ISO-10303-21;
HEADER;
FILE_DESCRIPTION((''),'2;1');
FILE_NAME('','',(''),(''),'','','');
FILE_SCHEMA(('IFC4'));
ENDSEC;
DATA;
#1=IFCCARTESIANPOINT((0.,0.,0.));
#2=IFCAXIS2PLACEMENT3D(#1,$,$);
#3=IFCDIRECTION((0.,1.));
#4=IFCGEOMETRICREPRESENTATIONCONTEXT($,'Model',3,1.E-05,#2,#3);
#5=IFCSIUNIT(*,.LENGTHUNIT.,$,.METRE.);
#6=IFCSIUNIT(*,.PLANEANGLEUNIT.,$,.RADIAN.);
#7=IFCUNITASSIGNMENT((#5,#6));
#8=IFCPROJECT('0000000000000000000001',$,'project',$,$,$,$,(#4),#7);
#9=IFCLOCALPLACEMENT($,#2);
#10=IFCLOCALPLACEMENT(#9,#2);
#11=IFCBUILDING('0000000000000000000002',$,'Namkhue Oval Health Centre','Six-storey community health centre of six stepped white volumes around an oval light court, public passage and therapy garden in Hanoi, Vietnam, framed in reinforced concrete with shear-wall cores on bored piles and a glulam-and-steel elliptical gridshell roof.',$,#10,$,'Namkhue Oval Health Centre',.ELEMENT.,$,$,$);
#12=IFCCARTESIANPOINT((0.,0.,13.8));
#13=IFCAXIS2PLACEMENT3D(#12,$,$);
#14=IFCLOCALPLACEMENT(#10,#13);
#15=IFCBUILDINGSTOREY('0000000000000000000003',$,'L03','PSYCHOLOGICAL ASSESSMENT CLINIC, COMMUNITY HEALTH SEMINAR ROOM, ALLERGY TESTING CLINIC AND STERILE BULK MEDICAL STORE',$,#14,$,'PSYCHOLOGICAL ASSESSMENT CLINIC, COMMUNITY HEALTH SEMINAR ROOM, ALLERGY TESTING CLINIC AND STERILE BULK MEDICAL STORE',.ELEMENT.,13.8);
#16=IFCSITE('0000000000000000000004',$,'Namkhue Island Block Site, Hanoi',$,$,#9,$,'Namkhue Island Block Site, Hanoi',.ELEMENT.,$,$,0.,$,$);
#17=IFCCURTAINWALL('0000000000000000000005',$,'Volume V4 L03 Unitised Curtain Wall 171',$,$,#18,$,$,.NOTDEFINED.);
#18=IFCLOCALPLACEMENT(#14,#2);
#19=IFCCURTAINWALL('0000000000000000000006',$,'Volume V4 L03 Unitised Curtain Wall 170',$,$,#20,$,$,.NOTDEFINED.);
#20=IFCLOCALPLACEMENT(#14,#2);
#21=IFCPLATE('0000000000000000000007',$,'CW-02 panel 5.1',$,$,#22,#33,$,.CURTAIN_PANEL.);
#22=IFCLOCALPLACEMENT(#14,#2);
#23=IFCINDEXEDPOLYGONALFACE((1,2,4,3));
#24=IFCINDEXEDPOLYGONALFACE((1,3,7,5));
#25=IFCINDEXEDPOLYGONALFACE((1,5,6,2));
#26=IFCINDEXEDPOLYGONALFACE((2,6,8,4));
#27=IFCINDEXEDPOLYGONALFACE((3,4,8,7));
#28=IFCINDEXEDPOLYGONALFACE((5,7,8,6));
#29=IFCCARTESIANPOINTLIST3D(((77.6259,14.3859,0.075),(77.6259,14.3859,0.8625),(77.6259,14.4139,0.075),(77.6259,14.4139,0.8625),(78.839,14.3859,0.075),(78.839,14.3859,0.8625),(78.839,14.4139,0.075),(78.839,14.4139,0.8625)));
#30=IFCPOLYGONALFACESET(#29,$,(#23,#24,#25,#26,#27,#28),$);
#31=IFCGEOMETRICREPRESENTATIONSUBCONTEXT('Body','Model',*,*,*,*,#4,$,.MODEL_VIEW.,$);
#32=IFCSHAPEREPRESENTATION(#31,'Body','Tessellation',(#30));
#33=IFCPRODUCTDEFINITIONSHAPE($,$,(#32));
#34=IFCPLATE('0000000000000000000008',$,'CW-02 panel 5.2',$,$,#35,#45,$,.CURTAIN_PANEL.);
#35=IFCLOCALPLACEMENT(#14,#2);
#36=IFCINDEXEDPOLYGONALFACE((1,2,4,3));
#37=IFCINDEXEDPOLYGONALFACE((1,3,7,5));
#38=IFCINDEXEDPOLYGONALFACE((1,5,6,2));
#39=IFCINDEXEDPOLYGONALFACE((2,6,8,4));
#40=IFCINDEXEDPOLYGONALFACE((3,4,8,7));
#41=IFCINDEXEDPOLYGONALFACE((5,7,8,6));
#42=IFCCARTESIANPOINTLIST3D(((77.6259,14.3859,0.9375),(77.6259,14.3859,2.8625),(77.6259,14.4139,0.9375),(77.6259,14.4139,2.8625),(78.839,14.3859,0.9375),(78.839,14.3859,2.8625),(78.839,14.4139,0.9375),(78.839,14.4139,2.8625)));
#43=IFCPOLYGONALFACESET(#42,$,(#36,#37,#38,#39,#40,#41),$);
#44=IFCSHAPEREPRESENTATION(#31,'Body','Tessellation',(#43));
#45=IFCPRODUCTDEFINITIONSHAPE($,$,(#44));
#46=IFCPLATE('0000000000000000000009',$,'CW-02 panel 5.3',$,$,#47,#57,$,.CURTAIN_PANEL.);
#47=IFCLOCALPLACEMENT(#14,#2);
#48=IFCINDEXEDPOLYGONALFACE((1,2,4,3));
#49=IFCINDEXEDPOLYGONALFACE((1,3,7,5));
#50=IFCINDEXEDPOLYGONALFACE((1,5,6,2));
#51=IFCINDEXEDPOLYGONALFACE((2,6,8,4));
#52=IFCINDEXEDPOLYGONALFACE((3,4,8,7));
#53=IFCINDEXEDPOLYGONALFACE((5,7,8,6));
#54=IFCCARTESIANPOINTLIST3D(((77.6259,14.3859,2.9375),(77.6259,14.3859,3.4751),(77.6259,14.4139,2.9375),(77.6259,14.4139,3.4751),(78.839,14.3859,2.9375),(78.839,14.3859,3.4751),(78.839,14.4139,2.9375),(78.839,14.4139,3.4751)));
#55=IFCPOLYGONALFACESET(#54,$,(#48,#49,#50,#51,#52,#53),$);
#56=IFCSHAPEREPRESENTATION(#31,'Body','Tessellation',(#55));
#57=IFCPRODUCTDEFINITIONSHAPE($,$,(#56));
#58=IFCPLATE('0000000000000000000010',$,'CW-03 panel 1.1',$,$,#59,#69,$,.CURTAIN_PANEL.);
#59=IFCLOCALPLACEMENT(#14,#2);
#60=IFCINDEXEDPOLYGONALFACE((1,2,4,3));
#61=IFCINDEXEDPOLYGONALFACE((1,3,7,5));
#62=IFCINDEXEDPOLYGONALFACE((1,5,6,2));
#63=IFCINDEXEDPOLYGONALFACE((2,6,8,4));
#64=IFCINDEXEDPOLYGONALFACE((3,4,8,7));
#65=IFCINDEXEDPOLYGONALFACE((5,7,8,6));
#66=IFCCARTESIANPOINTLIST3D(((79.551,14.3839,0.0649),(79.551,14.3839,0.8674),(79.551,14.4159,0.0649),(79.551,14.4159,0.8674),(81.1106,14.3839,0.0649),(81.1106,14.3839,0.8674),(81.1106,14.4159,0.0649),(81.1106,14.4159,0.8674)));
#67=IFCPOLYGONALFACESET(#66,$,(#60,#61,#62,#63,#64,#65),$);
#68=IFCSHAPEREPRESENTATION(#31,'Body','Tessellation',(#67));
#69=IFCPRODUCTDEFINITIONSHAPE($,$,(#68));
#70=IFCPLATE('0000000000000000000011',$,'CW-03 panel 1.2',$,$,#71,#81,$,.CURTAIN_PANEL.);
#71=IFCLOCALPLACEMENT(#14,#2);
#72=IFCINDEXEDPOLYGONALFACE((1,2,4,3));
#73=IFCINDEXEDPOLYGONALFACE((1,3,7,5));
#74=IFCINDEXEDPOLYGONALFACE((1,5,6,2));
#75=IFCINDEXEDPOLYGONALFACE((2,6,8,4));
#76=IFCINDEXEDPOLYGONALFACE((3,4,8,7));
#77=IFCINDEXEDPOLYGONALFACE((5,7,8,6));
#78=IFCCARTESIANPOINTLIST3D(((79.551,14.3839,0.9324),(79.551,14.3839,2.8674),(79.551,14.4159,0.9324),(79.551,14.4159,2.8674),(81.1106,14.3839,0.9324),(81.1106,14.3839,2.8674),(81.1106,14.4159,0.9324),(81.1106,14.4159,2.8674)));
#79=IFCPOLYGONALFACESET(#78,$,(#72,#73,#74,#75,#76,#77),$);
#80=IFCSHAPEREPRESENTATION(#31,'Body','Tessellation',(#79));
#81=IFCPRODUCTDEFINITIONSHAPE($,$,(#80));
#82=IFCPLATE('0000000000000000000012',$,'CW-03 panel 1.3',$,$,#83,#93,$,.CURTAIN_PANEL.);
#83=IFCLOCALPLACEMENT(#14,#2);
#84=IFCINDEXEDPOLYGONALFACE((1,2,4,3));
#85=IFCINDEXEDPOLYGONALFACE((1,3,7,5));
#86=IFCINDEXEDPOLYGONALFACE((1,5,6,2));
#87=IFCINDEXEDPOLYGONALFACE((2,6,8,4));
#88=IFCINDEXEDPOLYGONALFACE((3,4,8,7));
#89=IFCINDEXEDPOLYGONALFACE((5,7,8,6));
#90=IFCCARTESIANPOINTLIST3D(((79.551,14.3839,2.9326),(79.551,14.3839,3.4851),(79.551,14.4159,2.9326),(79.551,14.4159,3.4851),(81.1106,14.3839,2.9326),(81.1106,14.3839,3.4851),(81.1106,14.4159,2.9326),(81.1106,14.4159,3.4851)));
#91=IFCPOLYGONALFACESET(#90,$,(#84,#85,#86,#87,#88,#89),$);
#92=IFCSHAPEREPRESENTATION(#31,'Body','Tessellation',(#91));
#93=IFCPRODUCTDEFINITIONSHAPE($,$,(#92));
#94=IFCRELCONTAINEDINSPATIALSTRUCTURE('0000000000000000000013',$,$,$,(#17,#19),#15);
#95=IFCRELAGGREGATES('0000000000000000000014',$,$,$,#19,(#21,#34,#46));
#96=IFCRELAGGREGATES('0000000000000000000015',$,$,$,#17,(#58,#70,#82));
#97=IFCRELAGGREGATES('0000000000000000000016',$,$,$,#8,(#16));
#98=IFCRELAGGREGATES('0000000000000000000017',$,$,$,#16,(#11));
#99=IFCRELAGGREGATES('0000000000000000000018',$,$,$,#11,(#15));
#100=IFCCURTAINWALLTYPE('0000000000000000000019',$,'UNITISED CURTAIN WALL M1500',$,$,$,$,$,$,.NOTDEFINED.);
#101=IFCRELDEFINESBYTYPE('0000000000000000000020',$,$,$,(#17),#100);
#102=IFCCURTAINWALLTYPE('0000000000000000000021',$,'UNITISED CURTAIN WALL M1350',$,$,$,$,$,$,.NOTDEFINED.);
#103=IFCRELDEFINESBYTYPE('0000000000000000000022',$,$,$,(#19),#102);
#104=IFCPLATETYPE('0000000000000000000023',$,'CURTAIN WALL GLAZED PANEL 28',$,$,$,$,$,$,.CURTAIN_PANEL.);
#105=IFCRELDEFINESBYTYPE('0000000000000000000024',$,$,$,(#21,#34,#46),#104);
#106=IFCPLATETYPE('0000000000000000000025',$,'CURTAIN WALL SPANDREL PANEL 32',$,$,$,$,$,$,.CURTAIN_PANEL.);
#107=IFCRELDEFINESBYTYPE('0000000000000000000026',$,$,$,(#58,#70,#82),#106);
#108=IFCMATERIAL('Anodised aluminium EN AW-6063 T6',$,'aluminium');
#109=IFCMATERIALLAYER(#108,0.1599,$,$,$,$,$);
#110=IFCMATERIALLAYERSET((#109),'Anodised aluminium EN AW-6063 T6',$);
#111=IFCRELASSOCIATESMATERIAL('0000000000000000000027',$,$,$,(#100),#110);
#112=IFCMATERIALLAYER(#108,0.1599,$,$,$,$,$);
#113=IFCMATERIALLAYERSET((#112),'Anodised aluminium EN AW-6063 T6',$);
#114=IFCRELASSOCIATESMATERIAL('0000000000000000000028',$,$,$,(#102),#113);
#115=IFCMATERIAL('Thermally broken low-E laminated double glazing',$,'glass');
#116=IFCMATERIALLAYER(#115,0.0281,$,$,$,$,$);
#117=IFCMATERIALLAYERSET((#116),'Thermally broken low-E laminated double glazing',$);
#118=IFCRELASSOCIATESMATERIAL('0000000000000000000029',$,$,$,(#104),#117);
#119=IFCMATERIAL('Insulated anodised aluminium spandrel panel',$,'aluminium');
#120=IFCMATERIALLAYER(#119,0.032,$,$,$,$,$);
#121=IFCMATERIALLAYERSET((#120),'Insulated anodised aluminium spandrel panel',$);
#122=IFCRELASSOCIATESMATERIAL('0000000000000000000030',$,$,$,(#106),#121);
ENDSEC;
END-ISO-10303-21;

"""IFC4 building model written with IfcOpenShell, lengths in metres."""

from ifc_helpers import new_model, si_unit, direction, frame, origin, origin_2d, place, context, subcontext, project, spatial, rectangle, extrude, material, layer, layer_set, type_object, element, aggregate, save


model = new_model("IFC4")

# Units and contexts
model_context = context("Model", 3, precision=1e-05, world=origin(), true_north=direction((0.0, 1.0)))
body_context = subcontext(model_context, "Body", "Model", "MODEL_VIEW")
ifc_project = project(units=[si_unit("LENGTHUNIT", "METRE"), si_unit("PLANEANGLEUNIT", "RADIAN")], contexts=[model_context])

# Site, building, storey
site_placement = place(None, origin())
site = spatial("IfcSite", under=ifc_project, at=site_placement, Name="Namkhue Island Block Site, Hanoi", LongName="Namkhue Island Block Site, Hanoi", CompositionType="ELEMENT", RefElevation=0.0)
building_placement = place(site_placement, origin())
building = spatial("IfcBuilding", under=site, at=building_placement, Name="Namkhue Oval Health Centre", Description="Six-storey community health centre of six stepped white volumes around an oval light court, public passage and therapy garden in Hanoi, Vietnam, framed in reinforced concrete with shear-wall cores on bored piles and a glulam-and-steel elliptical gridshell roof.", LongName="Namkhue Oval Health Centre", CompositionType="ELEMENT")
storey_placement = place(building_placement, frame((0.0, 0.0, 13.8)))
storey = spatial("IfcBuildingStorey", under=building, at=storey_placement, Name="L03", Description="PSYCHOLOGICAL ASSESSMENT CLINIC, COMMUNITY HEALTH SEMINAR ROOM, ALLERGY TESTING CLINIC AND STERILE BULK MEDICAL STORE", LongName="PSYCHOLOGICAL ASSESSMENT CLINIC, COMMUNITY HEALTH SEMINAR ROOM, ALLERGY TESTING CLINIC AND STERILE BULK MEDICAL STORE", CompositionType="ELEMENT", Elevation=13.8)

# Curtain wall
ifc_material_1 = material(Name="Anodised aluminium EN AW-6063 T6", Category="aluminium")
ifc_layer_1 = layer(ifc_material_1, 0.1599)
ifc_layer_set_1 = layer_set([ifc_layer_1], Name="Anodised aluminium EN AW-6063 T6")
curtain_wall_type_1 = type_object("IfcCurtainWallType", Name="UNITISED CURTAIN WALL M1500", PredefinedType="NOTDEFINED", material=ifc_layer_set_1)
curtain_wall_1_placement = place(storey_placement, origin())
curtain_wall_1 = element("IfcCurtainWall", 1, at=curtain_wall_1_placement, inside=storey, type_object=curtain_wall_type_1, Name="Volume V4 L03 Unitised Curtain Wall 171", PredefinedType="NOTDEFINED")

# Curtain wall
ifc_layer_2 = layer(ifc_material_1, 0.1599)
ifc_layer_set_2 = layer_set([ifc_layer_2], Name="Anodised aluminium EN AW-6063 T6")
curtain_wall_type_2 = type_object("IfcCurtainWallType", Name="UNITISED CURTAIN WALL M1350", PredefinedType="NOTDEFINED", material=ifc_layer_set_2)
curtain_wall_2_placement = place(storey_placement, origin())
curtain_wall_2 = element("IfcCurtainWall", 2, at=curtain_wall_2_placement, inside=storey, type_object=curtain_wall_type_2, Name="Volume V4 L03 Unitised Curtain Wall 170", PredefinedType="NOTDEFINED")

# Plates
ifc_material_2 = material(Name="Thermally broken low-E laminated double glazing", Category="glass")
ifc_layer_3 = layer(ifc_material_2, 0.0281)
ifc_layer_set_3 = layer_set([ifc_layer_3], Name="Thermally broken low-E laminated double glazing")
plate_type_1 = type_object("IfcPlateType", Name="CURTAIN WALL GLAZED PANEL 28", PredefinedType="CURTAIN_PANEL", material=ifc_layer_set_3)
plate_1_placement = place(storey_placement, frame((78.2324, 14.3999, 0.075), z_axis=(0.0, 0.0, 1.0), x_axis=(1.0, 0.0, 0.0)))
plate_1 = element("IfcPlate", 3, at=plate_1_placement, type_object=plate_type_1, Name="CW-02 panel 5.1", PredefinedType="CURTAIN_PANEL", context=body_context, shape_type="SweptSolid", body=[
    extrude(rectangle(XDim=1.2131, YDim=0.0281, at=origin_2d()), origin(), (0.0, 0.0, 1.0), 0.7876),
])
plate_2_placement = place(storey_placement, frame((78.2324, 14.3999, 0.9375), z_axis=(0.0, 0.0, 1.0), x_axis=(1.0, 0.0, 0.0)))
plate_2 = element("IfcPlate", 4, at=plate_2_placement, type_object=plate_type_1, Name="CW-02 panel 5.2", PredefinedType="CURTAIN_PANEL", context=body_context, shape_type="SweptSolid", body=[
    extrude(rectangle(XDim=1.2131, YDim=0.0281, at=origin_2d()), origin(), (0.0, 0.0, 1.0), 1.925),
])
plate_3_placement = place(storey_placement, frame((78.2324, 14.3999, 2.9375), z_axis=(0.0, 0.0, 1.0), x_axis=(1.0, 0.0, 0.0)))
plate_3 = element("IfcPlate", 5, at=plate_3_placement, type_object=plate_type_1, Name="CW-02 panel 5.3", PredefinedType="CURTAIN_PANEL", context=body_context, shape_type="SweptSolid", body=[
    extrude(rectangle(XDim=1.2131, YDim=0.0281, at=origin_2d()), origin(), (0.0, 0.0, 1.0), 0.5376),
])
aggregate(curtain_wall_2, [plate_1, plate_2, plate_3])
ifc_material_3 = material(Name="Insulated anodised aluminium spandrel panel", Category="aluminium")
ifc_layer_4 = layer(ifc_material_3, 0.032)
ifc_layer_set_4 = layer_set([ifc_layer_4], Name="Insulated anodised aluminium spandrel panel")
plate_type_2 = type_object("IfcPlateType", Name="CURTAIN WALL SPANDREL PANEL 32", PredefinedType="CURTAIN_PANEL", material=ifc_layer_set_4)
plate_4_placement = place(storey_placement, frame((80.3308, 14.3999, 0.0649), z_axis=(0.0, 0.0, 1.0), x_axis=(1.0, 0.0, 0.0)))
plate_4 = element("IfcPlate", 6, at=plate_4_placement, type_object=plate_type_2, Name="CW-03 panel 1.1", PredefinedType="CURTAIN_PANEL", context=body_context, shape_type="SweptSolid", body=[
    extrude(rectangle(XDim=1.5596, YDim=0.032, at=origin_2d()), origin(), (0.0, 0.0, 1.0), 0.8025),
])
plate_5_placement = place(storey_placement, frame((80.3308, 14.3999, 0.9324), z_axis=(0.0, 0.0, 1.0), x_axis=(1.0, 0.0, 0.0)))
plate_5 = element("IfcPlate", 7, at=plate_5_placement, type_object=plate_type_2, Name="CW-03 panel 1.2", PredefinedType="CURTAIN_PANEL", context=body_context, shape_type="SweptSolid", body=[
    extrude(rectangle(XDim=1.5596, YDim=0.032, at=origin_2d()), origin(), (0.0, 0.0, 1.0), 1.9351),
])
plate_6_placement = place(storey_placement, frame((80.3308, 14.3999, 2.9326), z_axis=(0.0, 0.0, 1.0), x_axis=(1.0, 0.0, 0.0)))
plate_6 = element("IfcPlate", 8, at=plate_6_placement, type_object=plate_type_2, Name="CW-03 panel 1.3", PredefinedType="CURTAIN_PANEL", context=body_context, shape_type="SweptSolid", body=[
    extrude(rectangle(XDim=1.5596, YDim=0.032, at=origin_2d()), origin(), (0.0, 0.0, 1.0), 0.5525),
])
aggregate(curtain_wall_1, [plate_4, plate_5, plate_6])

save(model, "model.ifc")
